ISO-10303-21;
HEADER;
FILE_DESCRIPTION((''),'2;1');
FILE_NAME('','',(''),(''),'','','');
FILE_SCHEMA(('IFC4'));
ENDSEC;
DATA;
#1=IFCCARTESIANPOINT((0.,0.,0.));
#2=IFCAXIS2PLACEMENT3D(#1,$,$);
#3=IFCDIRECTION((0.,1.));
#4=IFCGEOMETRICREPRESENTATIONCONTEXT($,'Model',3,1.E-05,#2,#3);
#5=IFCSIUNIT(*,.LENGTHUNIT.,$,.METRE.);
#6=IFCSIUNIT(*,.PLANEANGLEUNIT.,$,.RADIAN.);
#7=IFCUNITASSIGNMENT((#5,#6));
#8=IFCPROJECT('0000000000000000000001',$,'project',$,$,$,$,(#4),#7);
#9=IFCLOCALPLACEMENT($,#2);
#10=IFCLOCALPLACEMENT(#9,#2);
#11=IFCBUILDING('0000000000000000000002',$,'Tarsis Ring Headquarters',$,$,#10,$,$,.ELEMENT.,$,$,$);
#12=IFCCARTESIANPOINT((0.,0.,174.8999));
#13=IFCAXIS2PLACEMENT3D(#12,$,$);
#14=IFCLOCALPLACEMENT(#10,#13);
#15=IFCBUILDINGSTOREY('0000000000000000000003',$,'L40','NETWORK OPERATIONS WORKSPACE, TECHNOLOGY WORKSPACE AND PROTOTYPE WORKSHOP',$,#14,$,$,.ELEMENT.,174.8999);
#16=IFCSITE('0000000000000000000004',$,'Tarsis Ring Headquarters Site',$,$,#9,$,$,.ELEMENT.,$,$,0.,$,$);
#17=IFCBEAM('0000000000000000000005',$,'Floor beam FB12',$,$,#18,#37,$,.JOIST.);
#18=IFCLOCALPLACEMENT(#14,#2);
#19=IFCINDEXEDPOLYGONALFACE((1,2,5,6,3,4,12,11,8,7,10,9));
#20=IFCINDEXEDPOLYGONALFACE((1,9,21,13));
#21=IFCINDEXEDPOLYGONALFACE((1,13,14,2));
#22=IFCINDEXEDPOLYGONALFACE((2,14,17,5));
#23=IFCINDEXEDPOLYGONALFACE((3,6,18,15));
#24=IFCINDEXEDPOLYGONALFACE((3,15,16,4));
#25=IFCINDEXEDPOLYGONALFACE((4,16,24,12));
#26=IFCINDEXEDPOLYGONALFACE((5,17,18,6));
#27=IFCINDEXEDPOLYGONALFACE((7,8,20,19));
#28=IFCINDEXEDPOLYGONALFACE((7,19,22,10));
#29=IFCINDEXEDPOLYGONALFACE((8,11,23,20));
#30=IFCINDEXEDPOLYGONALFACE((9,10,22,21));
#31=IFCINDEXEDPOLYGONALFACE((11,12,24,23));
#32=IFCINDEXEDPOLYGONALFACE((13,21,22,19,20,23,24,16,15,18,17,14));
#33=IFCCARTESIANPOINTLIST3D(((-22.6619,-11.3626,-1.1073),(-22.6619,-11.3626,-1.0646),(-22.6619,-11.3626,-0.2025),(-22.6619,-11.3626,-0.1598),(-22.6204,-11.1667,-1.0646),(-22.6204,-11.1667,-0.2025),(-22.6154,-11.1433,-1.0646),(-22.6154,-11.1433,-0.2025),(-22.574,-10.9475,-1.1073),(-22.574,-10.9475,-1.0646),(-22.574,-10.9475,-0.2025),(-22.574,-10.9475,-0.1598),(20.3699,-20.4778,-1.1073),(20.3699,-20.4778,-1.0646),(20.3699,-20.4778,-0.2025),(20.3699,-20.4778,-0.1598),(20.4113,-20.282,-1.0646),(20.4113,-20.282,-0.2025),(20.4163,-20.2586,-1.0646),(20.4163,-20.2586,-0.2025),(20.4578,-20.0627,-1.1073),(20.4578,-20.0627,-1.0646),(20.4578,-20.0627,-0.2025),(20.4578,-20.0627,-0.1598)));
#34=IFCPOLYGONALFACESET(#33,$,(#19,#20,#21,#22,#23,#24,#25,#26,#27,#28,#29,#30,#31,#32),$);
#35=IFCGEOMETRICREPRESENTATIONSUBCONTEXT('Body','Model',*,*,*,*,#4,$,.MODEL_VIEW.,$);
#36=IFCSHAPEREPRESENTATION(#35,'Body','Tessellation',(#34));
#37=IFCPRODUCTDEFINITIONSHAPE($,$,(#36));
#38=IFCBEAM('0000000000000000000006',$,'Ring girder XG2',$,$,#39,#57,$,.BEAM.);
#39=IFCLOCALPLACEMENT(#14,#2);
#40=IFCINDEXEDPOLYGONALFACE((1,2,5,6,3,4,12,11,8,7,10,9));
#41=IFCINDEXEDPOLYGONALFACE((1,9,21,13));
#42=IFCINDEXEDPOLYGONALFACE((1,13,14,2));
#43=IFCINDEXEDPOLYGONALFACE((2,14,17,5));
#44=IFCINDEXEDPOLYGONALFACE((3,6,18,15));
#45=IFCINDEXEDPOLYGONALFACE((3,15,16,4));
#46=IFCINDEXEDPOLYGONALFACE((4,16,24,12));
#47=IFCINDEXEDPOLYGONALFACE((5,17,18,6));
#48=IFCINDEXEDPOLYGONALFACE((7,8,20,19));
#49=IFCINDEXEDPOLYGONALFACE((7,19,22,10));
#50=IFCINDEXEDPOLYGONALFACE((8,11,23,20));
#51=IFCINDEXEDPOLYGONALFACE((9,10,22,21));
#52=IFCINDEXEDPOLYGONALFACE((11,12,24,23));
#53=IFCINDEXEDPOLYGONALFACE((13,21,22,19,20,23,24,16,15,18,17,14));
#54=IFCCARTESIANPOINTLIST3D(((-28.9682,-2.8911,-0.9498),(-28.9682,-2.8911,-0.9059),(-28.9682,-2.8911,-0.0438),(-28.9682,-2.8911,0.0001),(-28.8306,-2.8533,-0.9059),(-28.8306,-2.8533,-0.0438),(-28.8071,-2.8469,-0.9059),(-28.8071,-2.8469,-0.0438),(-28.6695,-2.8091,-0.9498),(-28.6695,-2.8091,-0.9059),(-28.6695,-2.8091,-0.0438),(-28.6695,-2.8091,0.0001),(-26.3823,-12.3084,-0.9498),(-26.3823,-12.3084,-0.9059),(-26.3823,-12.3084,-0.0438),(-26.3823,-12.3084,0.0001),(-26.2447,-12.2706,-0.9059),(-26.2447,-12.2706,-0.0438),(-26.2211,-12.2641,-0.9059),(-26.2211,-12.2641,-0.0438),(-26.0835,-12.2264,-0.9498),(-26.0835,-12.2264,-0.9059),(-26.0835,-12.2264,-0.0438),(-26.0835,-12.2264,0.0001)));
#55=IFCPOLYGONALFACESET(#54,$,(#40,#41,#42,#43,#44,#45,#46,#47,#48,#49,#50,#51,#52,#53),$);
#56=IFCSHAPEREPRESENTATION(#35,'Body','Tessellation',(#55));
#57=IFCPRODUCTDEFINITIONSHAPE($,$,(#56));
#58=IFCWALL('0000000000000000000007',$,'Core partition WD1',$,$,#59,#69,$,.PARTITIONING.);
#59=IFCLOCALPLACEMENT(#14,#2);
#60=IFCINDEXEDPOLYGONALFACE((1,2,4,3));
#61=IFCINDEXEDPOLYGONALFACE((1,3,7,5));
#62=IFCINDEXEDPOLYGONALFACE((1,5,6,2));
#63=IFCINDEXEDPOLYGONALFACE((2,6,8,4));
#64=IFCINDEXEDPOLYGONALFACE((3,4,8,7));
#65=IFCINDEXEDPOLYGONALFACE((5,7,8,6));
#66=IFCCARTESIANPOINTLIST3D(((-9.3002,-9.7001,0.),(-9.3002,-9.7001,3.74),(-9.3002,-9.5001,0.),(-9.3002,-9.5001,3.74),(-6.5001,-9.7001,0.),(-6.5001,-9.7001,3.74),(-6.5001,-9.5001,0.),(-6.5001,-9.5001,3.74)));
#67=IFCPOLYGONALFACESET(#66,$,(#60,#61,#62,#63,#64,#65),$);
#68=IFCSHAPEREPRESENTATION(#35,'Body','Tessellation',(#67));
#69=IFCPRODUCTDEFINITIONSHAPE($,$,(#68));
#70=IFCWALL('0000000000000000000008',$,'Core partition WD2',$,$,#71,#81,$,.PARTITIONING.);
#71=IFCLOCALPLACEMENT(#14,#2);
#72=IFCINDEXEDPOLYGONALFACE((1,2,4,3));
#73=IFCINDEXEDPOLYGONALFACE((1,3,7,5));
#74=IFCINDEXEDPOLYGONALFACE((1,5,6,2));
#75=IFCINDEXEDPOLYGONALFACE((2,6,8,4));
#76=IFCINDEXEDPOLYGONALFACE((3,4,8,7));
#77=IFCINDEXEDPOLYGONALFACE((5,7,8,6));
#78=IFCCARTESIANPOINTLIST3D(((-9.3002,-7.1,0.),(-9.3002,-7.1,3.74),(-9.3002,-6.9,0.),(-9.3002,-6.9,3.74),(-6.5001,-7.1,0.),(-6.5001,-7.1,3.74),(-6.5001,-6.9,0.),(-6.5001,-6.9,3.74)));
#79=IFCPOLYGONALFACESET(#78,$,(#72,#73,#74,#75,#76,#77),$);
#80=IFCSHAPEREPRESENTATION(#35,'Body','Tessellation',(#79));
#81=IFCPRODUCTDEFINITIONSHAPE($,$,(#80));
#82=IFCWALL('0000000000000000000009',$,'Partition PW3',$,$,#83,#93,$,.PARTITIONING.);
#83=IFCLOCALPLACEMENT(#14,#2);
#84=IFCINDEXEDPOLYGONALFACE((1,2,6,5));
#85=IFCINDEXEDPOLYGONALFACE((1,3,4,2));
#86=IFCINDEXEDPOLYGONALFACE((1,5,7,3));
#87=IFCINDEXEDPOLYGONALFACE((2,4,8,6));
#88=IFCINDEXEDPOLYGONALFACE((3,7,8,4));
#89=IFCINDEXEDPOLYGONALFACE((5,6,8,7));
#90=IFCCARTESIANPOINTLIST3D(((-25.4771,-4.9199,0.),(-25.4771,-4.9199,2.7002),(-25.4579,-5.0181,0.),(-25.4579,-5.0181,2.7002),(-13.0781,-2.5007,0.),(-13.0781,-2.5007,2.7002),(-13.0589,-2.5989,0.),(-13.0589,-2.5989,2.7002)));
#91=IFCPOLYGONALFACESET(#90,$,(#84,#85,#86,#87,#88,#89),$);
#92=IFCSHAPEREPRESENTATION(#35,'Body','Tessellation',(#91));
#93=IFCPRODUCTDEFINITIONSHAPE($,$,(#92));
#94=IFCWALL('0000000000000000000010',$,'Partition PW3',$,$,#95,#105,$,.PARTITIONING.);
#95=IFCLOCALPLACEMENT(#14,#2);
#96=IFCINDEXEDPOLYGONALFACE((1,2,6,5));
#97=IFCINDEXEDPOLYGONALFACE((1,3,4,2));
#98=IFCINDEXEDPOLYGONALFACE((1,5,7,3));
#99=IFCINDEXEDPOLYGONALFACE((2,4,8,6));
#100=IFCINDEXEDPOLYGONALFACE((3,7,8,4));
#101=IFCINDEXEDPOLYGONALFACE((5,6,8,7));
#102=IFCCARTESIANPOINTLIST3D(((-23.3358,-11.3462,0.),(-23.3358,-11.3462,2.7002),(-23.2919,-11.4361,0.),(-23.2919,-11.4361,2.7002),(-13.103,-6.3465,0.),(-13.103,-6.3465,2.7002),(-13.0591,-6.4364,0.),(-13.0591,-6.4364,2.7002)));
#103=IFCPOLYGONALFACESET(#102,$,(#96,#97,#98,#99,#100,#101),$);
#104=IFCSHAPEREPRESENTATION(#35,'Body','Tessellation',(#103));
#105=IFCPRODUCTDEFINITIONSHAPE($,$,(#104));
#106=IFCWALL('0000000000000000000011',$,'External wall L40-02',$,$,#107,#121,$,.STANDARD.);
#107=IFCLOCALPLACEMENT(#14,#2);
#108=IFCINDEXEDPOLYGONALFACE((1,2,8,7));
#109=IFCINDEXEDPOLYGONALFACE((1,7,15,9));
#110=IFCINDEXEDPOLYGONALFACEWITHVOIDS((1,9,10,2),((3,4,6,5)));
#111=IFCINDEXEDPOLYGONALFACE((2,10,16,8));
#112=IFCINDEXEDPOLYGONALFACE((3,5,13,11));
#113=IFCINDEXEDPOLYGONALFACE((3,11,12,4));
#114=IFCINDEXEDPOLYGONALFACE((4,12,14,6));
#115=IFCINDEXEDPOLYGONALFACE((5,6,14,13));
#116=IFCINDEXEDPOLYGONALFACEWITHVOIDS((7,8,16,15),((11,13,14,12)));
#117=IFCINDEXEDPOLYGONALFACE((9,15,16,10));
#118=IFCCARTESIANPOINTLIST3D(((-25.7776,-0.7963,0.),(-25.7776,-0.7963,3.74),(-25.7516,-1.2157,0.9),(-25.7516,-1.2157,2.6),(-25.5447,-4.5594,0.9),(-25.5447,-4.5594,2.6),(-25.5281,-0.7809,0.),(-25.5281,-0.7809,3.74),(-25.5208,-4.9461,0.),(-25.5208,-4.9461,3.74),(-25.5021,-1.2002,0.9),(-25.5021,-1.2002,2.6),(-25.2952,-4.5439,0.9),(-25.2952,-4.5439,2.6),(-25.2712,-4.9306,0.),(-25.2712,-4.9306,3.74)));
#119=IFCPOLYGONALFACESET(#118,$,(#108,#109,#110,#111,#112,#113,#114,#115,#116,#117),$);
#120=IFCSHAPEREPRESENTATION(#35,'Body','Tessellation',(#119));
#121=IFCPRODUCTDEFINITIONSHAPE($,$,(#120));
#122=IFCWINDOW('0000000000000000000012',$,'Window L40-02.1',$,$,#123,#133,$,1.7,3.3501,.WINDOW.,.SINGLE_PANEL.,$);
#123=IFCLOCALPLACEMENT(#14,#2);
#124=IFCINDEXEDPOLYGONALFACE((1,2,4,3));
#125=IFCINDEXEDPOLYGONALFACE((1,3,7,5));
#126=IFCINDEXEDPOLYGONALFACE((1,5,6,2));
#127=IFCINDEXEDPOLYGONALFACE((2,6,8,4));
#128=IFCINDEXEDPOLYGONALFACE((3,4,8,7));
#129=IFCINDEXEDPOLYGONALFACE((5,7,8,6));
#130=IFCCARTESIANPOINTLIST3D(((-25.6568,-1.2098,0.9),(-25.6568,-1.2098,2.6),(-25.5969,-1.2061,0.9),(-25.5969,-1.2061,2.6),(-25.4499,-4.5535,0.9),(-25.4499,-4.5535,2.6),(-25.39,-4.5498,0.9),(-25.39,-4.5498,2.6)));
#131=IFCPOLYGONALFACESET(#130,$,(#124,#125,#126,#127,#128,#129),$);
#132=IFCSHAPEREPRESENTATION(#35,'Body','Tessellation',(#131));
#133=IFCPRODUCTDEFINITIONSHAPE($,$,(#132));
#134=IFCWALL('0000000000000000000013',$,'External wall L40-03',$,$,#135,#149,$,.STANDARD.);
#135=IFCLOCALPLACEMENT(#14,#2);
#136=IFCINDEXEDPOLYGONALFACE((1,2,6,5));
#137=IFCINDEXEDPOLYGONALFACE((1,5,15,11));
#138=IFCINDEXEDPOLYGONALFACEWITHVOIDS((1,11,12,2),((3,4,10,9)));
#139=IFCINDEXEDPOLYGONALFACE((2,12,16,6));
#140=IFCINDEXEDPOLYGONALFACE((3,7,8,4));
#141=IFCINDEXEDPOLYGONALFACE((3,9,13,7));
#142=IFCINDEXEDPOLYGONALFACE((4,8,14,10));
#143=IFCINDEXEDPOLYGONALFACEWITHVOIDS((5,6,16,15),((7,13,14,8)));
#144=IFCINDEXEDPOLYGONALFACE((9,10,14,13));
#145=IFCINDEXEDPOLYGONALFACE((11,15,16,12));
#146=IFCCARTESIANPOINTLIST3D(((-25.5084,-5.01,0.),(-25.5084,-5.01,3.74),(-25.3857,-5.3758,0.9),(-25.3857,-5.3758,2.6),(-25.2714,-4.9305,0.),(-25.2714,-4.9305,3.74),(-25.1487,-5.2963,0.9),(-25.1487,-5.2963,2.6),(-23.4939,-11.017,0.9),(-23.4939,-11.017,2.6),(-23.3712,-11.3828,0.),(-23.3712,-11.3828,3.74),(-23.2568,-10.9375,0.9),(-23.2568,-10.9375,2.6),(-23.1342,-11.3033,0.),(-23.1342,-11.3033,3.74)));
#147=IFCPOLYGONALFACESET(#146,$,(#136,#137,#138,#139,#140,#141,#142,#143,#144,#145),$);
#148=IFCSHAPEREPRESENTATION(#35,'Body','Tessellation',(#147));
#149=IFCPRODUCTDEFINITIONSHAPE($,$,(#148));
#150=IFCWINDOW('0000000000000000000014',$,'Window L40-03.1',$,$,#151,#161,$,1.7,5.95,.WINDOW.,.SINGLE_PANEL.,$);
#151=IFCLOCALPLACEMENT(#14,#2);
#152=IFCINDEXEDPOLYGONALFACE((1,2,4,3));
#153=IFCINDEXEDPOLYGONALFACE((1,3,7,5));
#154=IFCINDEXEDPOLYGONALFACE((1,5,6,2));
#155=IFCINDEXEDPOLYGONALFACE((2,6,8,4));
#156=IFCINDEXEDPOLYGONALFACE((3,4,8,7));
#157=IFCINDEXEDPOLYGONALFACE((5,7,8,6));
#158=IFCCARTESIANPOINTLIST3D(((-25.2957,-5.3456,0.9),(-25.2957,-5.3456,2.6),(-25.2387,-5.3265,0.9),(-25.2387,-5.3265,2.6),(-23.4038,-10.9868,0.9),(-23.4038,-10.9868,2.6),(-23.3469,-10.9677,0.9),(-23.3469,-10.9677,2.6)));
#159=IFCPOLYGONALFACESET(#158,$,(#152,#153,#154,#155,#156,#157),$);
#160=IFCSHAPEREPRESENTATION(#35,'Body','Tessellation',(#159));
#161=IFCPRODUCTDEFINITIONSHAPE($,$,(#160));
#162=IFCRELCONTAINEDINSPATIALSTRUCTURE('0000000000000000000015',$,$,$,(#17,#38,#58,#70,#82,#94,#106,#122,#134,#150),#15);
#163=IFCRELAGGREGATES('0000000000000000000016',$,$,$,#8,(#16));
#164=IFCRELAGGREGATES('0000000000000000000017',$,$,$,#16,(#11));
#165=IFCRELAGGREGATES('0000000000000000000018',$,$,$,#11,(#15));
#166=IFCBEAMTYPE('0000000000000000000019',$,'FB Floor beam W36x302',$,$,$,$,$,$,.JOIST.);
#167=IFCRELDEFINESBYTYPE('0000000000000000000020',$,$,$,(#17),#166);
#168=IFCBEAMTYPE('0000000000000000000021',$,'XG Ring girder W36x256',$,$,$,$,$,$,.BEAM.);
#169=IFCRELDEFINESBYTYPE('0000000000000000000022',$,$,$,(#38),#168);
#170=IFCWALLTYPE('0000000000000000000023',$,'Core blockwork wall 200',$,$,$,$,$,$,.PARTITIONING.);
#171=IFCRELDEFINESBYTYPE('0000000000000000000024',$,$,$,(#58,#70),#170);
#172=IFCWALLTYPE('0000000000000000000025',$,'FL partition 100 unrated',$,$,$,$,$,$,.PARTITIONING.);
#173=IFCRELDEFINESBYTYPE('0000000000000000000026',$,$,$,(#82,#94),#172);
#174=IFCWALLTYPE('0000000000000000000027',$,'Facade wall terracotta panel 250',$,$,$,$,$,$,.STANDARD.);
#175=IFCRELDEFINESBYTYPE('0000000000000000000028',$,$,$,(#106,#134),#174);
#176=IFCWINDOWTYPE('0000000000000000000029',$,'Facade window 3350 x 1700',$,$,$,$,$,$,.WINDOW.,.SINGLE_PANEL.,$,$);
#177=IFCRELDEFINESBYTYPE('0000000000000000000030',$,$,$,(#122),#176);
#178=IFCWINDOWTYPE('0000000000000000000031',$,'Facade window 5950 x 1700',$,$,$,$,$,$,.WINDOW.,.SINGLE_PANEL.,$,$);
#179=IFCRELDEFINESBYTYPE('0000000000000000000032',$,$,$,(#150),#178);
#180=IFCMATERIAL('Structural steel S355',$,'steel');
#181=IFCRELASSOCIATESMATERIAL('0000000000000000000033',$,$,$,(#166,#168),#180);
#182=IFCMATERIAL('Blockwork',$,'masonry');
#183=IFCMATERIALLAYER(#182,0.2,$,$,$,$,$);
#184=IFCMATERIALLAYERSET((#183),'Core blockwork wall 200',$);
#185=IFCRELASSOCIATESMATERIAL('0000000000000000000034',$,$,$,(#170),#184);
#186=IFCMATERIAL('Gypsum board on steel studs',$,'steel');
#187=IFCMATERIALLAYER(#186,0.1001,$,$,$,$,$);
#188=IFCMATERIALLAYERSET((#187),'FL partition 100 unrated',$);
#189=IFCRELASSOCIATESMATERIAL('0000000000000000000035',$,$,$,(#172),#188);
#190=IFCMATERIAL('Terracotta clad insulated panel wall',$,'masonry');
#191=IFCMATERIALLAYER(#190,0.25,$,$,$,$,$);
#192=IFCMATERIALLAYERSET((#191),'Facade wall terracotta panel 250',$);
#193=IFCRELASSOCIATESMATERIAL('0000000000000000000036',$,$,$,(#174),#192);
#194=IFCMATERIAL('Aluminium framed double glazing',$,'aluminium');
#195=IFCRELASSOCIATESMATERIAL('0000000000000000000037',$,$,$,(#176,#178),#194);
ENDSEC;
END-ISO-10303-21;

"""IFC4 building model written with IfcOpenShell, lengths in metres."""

from ifc_helpers import new_model, si_unit, direction, frame, frame_2d, origin, origin_2d, place, context, subcontext, project, spatial, rectangle, i_section, extrude, material, layer, layer_set, material_profile, profile_set, type_object, element, fill, save


model = new_model("IFC4")

# Units and contexts
model_context = context("Model", 3, precision=1e-05, world=origin(), true_north=direction((0.0, 1.0)))
body_context = subcontext(model_context, "Body", "Model", "MODEL_VIEW")
ifc_project = project(units=[si_unit("LENGTHUNIT", "METRE"), si_unit("PLANEANGLEUNIT", "RADIAN")], contexts=[model_context])

# Site, building, storey
site_placement = place(None, origin())
site = spatial("IfcSite", under=ifc_project, at=site_placement, Name="Tarsis Ring Headquarters Site", CompositionType="ELEMENT", RefElevation=0.0)
building_placement = place(site_placement, origin())
building = spatial("IfcBuilding", under=site, at=building_placement, Name="Tarsis Ring Headquarters", CompositionType="ELEMENT")
storey_placement = place(building_placement, frame((0.0, 0.0, 174.8999)))
storey = spatial("IfcBuildingStorey", under=building, at=storey_placement, Name="L40", Description="NETWORK OPERATIONS WORKSPACE, TECHNOLOGY WORKSPACE AND PROTOTYPE WORKSHOP", CompositionType="ELEMENT", Elevation=174.8999)

# Shared definitions
ifc_material_1 = material(Name="Structural steel S355", Category="steel")

# Beams
ifc_material_profile_1 = material_profile(ifc_material_1, i_section(OverallWidth=0.3098, OverallDepth=0.95, WebThickness=0.0244, FlangeThickness=0.0439, at=origin_2d()), Name="W36x256")
ifc_profile_set_1 = profile_set([ifc_material_profile_1], Name="Structural steel S355")
ifc_material_profile_2 = material_profile(ifc_material_1, i_section(OverallWidth=0.4243, OverallDepth=0.9475, WebThickness=0.0239, FlangeThickness=0.0427, at=origin_2d()), Name="W36x302")
ifc_profile_set_2 = profile_set([ifc_material_profile_2], Name="Structural steel S355")
beam_type_1 = type_object("IfcBeamType", Name="FB Floor beam W36x302", PredefinedType="JOIST", material=ifc_profile_set_2)
beam_1_placement = place(storey_placement, frame((-22.6179, -11.155, -0.6335), z_axis=(0.978293, -0.207228, 0.0), x_axis=(0.207228, 0.978293, 0.0)))
element("IfcBeam", 1, at=beam_1_placement, inside=storey, type_object=beam_type_1, Name="Floor beam FB12", PredefinedType="JOIST", context=body_context, shape_type="SweptSolid", body=[
    extrude(i_section(OverallWidth=0.4243, OverallDepth=0.9475, WebThickness=0.0239, FlangeThickness=0.0427, at=origin_2d()), origin(), (0.0, 0.0, 1.0), 43.9866),
])
beam_type_2 = type_object("IfcBeamType", Name="XG Ring girder W36x256", PredefinedType="BEAM", material=ifc_profile_set_1)
beam_2_placement = place(storey_placement, frame((-28.8188, -2.8501, -0.4749), z_axis=(0.264794, -0.964305, 0.0), x_axis=(0.964305, 0.264794, 0.0)))
element("IfcBeam", 2, at=beam_2_placement, inside=storey, type_object=beam_type_2, Name="Ring girder XG2", PredefinedType="BEAM", context=body_context, shape_type="SweptSolid", body=[
    extrude(i_section(OverallWidth=0.3098, OverallDepth=0.95, WebThickness=0.0244, FlangeThickness=0.0439, at=origin_2d()), origin(), (0.0, 0.0, 1.0), 9.7659),
])

# Walls
ifc_material_2 = material(Name="Blockwork", Category="masonry")
ifc_layer_1 = layer(ifc_material_2, 0.2)
ifc_layer_set_1 = layer_set([ifc_layer_1], Name="Core blockwork wall 200")
wall_type_1 = type_object("IfcWallType", Name="Core blockwork wall 200", PredefinedType="PARTITIONING", material=ifc_layer_set_1)
for number, where, z_axis, x_axis, name in (
    (3, (-9.3, -9.6001, 0.0), (0.0, 0.0, 1.0), (1.0, 0.0, 0.0), "Core partition WD1"),
    (4, (-9.3, -7.0, 0.0), (0.0, 0.0, 1.0), (1.0, 0.0, 0.0), "Core partition WD2"),
):
    element("IfcWall", number, at=place(storey_placement, frame(where, z_axis=z_axis, x_axis=x_axis)), inside=storey, type_object=wall_type_1, Name=name, PredefinedType="PARTITIONING", context=body_context, shape_type="SweptSolid", body=[
        extrude(rectangle(XDim=2.8, YDim=0.2, at=frame_2d((1.3999, 0.0))), origin(), (0.0, 0.0, 1.0), 3.74),
    ])
ifc_material_3 = material(Name="Gypsum board on steel studs", Category="steel")
ifc_layer_2 = layer(ifc_material_3, 0.1001)
ifc_layer_set_2 = layer_set([ifc_layer_2], Name="FL partition 100 unrated")
wall_type_2 = type_object("IfcWallType", Name="FL partition 100 unrated", PredefinedType="PARTITIONING", material=ifc_layer_set_2)
wall_1_placement = place(storey_placement, frame((-25.4675, -4.969, 0.0), z_axis=(0.0, 0.0, 1.0), x_axis=(0.981492, 0.191502, 0.0)))
element("IfcWall", 5, at=wall_1_placement, inside=storey, type_object=wall_type_2, Name="Partition PW3", PredefinedType="PARTITIONING", context=body_context, shape_type="SweptSolid", body=[
    extrude(rectangle(XDim=12.6328, YDim=0.1001, at=frame_2d((6.3164, 0.0))), origin(), (0.0, 0.0, 1.0), 2.7002),
])
wall_2_placement = place(storey_placement, frame((-23.3137, -11.3911, 0.0), z_axis=(0.0, 0.0, 1.0), x_axis=(0.898488, 0.438998, 0.0)))
element("IfcWall", 6, at=wall_2_placement, inside=storey, type_object=wall_type_2, Name="Partition PW3", PredefinedType="PARTITIONING", context=body_context, shape_type="SweptSolid", body=[
    extrude(rectangle(XDim=11.3889, YDim=0.1001, at=frame_2d((5.6943, 0.0))), origin(), (0.0, 0.0, 1.0), 2.7002),
])

# Walls, openings, windows
ifc_material_4 = material(Name="Terracotta clad insulated panel wall", Category="masonry")
ifc_layer_3 = layer(ifc_material_4, 0.25)
ifc_layer_set_3 = layer_set([ifc_layer_3], Name="Facade wall terracotta panel 250")
wall_type_3 = type_object("IfcWallType", Name="Facade wall terracotta panel 250", PredefinedType="STANDARD", material=ifc_layer_set_3)
wall_3_placement = place(storey_placement, frame((-25.6528, -0.7886, 0.0), z_axis=(0.0, 0.0, 1.0), x_axis=(0.061775, -0.99809, 0.0)))
wall_3 = element("IfcWall", 7, at=wall_3_placement, inside=storey, type_object=wall_type_3, Name="External wall L40-02", PredefinedType="STANDARD", context=body_context, shape_type="SweptSolid", body=[
    extrude(rectangle(XDim=4.1577, YDim=0.25, at=frame_2d((2.0789, 0.0))), origin(), (0.0, 0.0, 1.0), 3.74),
])
opening_1_placement = place(wall_3_placement, frame((0.4202, 0.0, 0.8999)))
opening_1 = element("IfcOpeningElement", 8, at=opening_1_placement, cuts=wall_3, PredefinedType="OPENING", context=body_context, shape_type="SweptSolid", body=[
    extrude(rectangle(XDim=3.3501, YDim=1.7, at=frame_2d((1.675, 0.8501))), frame((0.0, 0.135, 0.0), z_axis=(0.0, -1.0, 0.0), x_axis=(1.0, 0.0, 0.0)), (0.0, 0.0, 1.0), 0.27),
])
ifc_material_5 = material(Name="Aluminium framed double glazing", Category="aluminium")
window_type_1 = type_object("IfcWindowType", Name="Facade window 3350 x 1700", PartitioningType="SINGLE_PANEL", PredefinedType="WINDOW", material=ifc_material_5)
window_1_placement = place(opening_1_placement, origin())
window_1 = element("IfcWindow", 9, at=window_1_placement, inside=storey, type_object=window_type_1, Name="Window L40-02.1", OverallHeight=1.7, OverallWidth=3.3501, PartitioningType="SINGLE_PANEL", PredefinedType="WINDOW", context=body_context, shape_type="SweptSolid", body=[
    extrude(rectangle(XDim=3.3501, YDim=1.7, at=frame_2d((1.675, 0.8501))), frame((0.0, 0.03, 0.0), z_axis=(0.0, -1.0, 0.0), x_axis=(1.0, 0.0, 0.0)), (0.0, 0.0, 1.0), 0.0601),
])
fill(opening_1, window_1)
wall_4_placement = place(storey_placement, frame((-25.3899, -4.9702, 0.0), z_axis=(0.0, 0.0, 1.0), x_axis=(0.31796, -0.948104, 0.0)))
wall_4 = element("IfcWall", 10, at=wall_4_placement, inside=storey, type_object=wall_type_3, Name="External wall L40-03", PredefinedType="STANDARD", context=body_context, shape_type="SweptSolid", body=[
    extrude(rectangle(XDim=6.7217, YDim=0.25, at=frame_2d((3.3608, 0.0))), origin(), (0.0, 0.0, 1.0), 3.74),
])
opening_2_placement = place(wall_4_placement, frame((0.3857, 0.0, 0.8999)))
opening_2 = element("IfcOpeningElement", 11, at=opening_2_placement, cuts=wall_4, PredefinedType="OPENING", context=body_context, shape_type="SweptSolid", body=[
    extrude(rectangle(XDim=5.95, YDim=1.7, at=frame_2d((2.9751, 0.8501))), frame((0.0, 0.135, 0.0), z_axis=(0.0, -1.0, 0.0), x_axis=(1.0, 0.0, 0.0)), (0.0, 0.0, 1.0), 0.27),
])
window_type_2 = type_object("IfcWindowType", Name="Facade window 5950 x 1700", PartitioningType="SINGLE_PANEL", PredefinedType="WINDOW", material=ifc_material_5)
window_2_placement = place(opening_2_placement, origin())
window_2 = element("IfcWindow", 12, at=window_2_placement, inside=storey, type_object=window_type_2, Name="Window L40-03.1", OverallHeight=1.7, OverallWidth=5.95, PartitioningType="SINGLE_PANEL", PredefinedType="WINDOW", context=body_context, shape_type="SweptSolid", body=[
    extrude(rectangle(XDim=5.95, YDim=1.7, at=frame_2d((2.9751, 0.8501))), frame((0.0, 0.03, 0.0), z_axis=(0.0, -1.0, 0.0), x_axis=(1.0, 0.0, 0.0)), (0.0, 0.0, 1.0), 0.0601),
])
fill(opening_2, window_2)

save(model, "model.ifc")
